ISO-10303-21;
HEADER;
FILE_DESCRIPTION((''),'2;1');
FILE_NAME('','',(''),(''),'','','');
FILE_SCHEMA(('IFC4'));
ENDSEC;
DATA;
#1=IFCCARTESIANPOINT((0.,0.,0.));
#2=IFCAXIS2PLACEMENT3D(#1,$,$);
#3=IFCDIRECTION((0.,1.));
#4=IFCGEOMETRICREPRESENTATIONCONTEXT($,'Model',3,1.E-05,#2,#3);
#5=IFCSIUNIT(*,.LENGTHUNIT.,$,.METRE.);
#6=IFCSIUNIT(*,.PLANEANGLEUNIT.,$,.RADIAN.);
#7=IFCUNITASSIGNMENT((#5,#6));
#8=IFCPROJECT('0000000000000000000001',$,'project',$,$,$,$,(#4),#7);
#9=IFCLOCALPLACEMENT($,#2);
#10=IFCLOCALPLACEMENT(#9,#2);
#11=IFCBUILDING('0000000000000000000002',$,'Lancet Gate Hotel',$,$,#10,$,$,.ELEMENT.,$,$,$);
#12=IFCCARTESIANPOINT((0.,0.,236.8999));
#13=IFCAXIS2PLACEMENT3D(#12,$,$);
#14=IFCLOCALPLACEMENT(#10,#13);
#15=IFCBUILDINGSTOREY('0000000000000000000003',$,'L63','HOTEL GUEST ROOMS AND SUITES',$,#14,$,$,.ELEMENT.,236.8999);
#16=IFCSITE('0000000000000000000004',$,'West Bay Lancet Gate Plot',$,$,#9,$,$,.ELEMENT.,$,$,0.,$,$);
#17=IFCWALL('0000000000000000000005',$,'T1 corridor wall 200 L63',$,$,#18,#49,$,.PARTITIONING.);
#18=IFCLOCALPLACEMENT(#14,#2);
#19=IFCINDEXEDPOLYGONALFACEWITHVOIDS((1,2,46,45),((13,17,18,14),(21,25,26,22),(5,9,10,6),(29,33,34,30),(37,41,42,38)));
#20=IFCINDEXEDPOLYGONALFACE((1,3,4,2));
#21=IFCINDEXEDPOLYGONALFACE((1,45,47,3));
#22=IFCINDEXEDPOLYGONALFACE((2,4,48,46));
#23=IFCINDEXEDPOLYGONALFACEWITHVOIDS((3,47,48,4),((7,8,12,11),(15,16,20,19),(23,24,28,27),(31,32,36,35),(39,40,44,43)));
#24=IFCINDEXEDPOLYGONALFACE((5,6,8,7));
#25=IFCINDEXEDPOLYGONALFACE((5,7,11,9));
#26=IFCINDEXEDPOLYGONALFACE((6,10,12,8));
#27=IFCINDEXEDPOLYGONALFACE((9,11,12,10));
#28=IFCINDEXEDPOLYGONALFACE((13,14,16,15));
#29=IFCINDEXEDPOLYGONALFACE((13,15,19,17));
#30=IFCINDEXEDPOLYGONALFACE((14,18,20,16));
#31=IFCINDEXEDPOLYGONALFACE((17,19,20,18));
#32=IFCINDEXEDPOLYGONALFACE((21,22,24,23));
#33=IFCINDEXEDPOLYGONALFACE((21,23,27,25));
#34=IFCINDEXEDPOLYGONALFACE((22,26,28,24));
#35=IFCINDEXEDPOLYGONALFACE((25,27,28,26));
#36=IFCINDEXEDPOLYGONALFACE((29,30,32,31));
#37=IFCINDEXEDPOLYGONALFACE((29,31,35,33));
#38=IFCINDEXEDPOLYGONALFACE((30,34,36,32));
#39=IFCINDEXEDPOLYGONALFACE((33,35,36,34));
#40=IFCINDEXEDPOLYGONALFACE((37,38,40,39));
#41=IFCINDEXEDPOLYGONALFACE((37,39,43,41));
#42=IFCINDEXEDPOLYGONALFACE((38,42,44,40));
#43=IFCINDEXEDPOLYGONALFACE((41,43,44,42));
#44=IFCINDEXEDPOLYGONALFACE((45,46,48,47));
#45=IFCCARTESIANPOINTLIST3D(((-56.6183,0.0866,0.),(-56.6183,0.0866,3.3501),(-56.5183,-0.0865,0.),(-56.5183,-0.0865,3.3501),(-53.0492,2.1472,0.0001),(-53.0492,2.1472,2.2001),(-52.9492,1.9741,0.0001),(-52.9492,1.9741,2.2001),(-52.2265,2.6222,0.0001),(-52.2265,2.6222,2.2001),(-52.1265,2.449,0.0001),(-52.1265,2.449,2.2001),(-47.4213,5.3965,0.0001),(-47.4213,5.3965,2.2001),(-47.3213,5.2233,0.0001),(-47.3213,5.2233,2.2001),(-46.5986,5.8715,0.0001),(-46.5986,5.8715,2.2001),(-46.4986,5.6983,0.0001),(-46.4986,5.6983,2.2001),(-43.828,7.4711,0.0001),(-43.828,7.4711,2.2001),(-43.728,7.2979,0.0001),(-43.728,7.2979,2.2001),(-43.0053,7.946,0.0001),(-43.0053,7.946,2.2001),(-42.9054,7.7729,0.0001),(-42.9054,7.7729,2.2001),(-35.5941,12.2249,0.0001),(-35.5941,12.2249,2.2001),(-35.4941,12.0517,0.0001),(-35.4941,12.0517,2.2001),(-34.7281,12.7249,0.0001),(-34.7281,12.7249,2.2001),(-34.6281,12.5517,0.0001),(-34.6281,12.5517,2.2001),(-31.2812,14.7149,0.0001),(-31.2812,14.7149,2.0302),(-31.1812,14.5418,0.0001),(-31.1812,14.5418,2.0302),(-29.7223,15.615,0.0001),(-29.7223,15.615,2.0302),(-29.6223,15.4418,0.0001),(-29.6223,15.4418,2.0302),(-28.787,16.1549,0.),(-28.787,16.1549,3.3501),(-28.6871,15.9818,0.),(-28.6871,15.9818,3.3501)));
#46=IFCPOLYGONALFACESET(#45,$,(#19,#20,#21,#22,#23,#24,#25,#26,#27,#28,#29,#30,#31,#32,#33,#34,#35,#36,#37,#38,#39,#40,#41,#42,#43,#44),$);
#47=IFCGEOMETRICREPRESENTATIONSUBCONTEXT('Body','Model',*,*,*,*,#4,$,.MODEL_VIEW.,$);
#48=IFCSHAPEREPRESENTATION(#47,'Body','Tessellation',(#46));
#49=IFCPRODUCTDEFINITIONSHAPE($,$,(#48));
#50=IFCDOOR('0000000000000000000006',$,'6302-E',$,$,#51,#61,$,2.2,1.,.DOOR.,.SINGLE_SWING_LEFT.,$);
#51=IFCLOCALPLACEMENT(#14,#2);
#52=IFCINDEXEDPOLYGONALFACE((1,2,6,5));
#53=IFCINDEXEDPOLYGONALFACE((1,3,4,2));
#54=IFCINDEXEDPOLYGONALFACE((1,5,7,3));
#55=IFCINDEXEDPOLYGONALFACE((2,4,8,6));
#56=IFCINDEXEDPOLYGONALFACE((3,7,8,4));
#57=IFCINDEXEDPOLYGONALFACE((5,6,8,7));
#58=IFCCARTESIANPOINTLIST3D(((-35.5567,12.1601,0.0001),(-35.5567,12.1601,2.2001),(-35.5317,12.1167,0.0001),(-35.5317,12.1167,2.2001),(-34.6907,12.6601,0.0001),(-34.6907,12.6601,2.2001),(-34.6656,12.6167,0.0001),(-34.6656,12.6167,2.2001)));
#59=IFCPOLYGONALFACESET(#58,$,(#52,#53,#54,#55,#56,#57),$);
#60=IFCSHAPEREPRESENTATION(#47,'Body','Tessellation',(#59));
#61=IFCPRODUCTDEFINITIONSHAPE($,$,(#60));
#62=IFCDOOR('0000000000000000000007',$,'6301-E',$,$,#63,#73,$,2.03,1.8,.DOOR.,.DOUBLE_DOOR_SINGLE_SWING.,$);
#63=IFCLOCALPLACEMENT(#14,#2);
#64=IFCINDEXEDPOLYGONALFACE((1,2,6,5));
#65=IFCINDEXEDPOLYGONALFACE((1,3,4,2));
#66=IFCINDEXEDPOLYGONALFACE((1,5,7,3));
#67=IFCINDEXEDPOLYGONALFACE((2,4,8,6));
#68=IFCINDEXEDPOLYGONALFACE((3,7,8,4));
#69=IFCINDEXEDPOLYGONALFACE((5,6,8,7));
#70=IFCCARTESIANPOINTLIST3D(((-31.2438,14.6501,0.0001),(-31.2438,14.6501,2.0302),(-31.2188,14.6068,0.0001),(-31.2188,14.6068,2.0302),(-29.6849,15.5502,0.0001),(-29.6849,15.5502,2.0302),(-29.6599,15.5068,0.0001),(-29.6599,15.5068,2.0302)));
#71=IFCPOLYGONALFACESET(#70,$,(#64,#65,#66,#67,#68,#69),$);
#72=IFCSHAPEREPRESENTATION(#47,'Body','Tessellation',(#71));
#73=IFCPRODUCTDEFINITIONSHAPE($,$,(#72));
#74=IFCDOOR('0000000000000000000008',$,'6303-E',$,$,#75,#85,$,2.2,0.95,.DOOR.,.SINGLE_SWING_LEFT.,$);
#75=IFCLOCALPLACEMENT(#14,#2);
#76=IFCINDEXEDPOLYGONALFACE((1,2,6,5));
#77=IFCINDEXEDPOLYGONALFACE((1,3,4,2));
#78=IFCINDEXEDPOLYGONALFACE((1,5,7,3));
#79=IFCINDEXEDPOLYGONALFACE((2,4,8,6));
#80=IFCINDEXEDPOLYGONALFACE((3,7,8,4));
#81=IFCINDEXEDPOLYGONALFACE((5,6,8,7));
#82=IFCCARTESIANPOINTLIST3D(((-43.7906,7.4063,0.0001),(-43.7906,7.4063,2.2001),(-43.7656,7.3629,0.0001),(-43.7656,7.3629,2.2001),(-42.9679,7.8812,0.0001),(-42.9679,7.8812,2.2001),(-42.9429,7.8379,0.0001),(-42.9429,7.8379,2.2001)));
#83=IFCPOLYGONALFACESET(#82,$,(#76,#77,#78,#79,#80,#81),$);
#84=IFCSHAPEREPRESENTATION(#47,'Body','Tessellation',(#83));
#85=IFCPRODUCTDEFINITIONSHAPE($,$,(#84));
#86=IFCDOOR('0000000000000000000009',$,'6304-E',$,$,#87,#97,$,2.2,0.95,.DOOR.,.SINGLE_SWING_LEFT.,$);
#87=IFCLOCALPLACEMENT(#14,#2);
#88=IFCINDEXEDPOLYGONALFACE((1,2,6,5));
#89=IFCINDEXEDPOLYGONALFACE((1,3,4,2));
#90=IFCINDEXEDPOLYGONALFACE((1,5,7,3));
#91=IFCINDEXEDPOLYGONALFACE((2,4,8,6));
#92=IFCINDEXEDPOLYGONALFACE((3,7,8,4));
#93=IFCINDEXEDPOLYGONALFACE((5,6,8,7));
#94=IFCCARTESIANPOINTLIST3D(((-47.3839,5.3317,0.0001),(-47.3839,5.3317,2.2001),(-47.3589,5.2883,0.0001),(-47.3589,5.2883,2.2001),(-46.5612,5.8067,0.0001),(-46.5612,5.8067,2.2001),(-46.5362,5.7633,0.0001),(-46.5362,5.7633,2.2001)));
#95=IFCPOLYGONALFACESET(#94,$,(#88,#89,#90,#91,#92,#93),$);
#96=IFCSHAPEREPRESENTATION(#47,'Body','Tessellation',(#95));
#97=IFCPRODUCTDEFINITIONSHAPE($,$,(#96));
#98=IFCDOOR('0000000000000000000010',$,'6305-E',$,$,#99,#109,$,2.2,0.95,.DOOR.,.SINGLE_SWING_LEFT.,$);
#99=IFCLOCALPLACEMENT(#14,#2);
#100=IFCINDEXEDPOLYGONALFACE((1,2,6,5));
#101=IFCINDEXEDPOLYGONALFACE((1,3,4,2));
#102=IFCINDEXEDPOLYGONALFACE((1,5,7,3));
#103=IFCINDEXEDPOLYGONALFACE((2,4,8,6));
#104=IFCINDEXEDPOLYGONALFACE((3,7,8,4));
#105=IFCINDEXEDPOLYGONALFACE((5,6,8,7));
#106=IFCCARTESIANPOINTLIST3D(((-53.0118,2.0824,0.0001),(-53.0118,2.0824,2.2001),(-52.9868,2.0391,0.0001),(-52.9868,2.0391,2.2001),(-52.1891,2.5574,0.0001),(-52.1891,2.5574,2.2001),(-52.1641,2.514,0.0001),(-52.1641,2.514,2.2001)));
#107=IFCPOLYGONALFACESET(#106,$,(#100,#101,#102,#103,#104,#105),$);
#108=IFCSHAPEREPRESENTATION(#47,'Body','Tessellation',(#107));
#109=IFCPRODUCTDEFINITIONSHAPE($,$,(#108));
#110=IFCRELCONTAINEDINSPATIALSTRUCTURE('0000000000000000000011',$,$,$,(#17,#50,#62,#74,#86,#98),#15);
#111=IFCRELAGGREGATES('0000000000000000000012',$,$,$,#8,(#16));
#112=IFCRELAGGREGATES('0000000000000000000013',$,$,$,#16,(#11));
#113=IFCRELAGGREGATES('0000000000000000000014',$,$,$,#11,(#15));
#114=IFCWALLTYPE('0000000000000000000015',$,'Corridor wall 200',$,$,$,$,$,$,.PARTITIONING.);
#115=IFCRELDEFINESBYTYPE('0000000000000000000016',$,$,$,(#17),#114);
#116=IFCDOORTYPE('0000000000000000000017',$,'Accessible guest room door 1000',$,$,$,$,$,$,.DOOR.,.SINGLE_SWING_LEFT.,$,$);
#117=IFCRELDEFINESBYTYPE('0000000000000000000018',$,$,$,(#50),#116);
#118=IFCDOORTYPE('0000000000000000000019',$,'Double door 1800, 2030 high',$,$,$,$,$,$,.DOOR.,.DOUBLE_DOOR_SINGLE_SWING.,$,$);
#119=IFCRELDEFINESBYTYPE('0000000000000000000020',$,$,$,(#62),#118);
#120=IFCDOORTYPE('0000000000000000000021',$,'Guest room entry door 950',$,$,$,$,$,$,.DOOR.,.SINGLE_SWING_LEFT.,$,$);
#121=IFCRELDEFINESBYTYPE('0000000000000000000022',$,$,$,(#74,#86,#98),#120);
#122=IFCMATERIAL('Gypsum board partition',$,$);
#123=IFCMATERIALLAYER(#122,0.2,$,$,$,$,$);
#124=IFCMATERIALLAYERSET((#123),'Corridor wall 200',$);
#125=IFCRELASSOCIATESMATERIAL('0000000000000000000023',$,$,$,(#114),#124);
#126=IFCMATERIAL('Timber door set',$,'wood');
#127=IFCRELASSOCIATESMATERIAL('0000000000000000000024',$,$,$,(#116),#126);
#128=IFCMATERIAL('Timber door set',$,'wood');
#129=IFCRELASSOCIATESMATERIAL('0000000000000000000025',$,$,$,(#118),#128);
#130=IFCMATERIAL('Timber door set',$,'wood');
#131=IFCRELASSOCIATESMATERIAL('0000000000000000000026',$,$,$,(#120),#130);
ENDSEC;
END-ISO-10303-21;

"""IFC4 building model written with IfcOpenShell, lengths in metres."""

from ifc_helpers import new_model, si_unit, direction, frame, frame_2d, origin, place, context, subcontext, project, spatial, rectangle, extrude, material, layer, layer_set, type_object, element, fill, save


model = new_model("IFC4")

# Units and contexts
model_context = context("Model", 3, precision=1e-05, world=origin(), true_north=direction((0.0, 1.0)))
body_context = subcontext(model_context, "Body", "Model", "MODEL_VIEW")
ifc_project = project(units=[si_unit("LENGTHUNIT", "METRE"), si_unit("PLANEANGLEUNIT", "RADIAN")], contexts=[model_context])

# Site, building, storey
site_placement = place(None, origin())
site = spatial("IfcSite", under=ifc_project, at=site_placement, Name="West Bay Lancet Gate Plot", CompositionType="ELEMENT", RefElevation=0.0)
building_placement = place(site_placement, origin())
building = spatial("IfcBuilding", under=site, at=building_placement, Name="Lancet Gate Hotel", CompositionType="ELEMENT")
storey_placement = place(building_placement, frame((0.0, 0.0, 236.8999)))
storey = spatial("IfcBuildingStorey", under=building, at=storey_placement, Name="L63", Description="HOTEL GUEST ROOMS AND SUITES", CompositionType="ELEMENT", Elevation=236.8999)

# Wall, openings, doors
ifc_material_1 = material(Name="Gypsum board partition")
ifc_layer_1 = layer(ifc_material_1, 0.2)
ifc_layer_set_1 = layer_set([ifc_layer_1], Name="Corridor wall 200")
wall_type_1 = type_object("IfcWallType", Name="Corridor wall 200", PredefinedType="PARTITIONING", material=ifc_layer_set_1)
wall_1_placement = place(storey_placement, frame((-28.7371, 16.0684, 0.0), z_axis=(0.0, 0.0, 1.0), x_axis=(-0.866026, -0.499999, 0.0)))
wall_1 = element("IfcWall", 1, at=wall_1_placement, inside=storey, type_object=wall_type_1, Name="T1 corridor wall 200 L63", PredefinedType="PARTITIONING", context=body_context, shape_type="SweptSolid", body=[
    extrude(rectangle(XDim=32.1367, YDim=0.2, at=frame_2d((16.0684, 0.0))), origin(), (0.0, 0.0, 1.0), 3.3501),
])
opening_1_placement = place(wall_1_placement, frame((1.0801, 0.0, 0.0)))
opening_1 = element("IfcOpeningElement", 2, at=opening_1_placement, cuts=wall_1, PredefinedType="OPENING", context=body_context, shape_type="SweptSolid", body=[
    extrude(rectangle(XDim=1.8, YDim=2.03, at=frame_2d((0.8999, 1.0151))), frame((0.0, 0.1099, 0.0), z_axis=(0.0, -1.0, 0.0), x_axis=(1.0, 0.0, 0.0)), (0.0, 0.0, 1.0), 0.22),
])
opening_2_placement = place(wall_1_placement, frame((6.8601, 0.0, 0.0)))
opening_2 = element("IfcOpeningElement", 3, at=opening_2_placement, cuts=wall_1, PredefinedType="OPENING", context=body_context, shape_type="SweptSolid", body=[
    extrude(rectangle(XDim=1.0, YDim=2.2, at=frame_2d((0.5, 1.1001))), frame((0.0, 0.1099, 0.0), z_axis=(0.0, -1.0, 0.0), x_axis=(1.0, 0.0, 0.0)), (0.0, 0.0, 1.0), 0.22),
])
opening_3_placement = place(wall_1_placement, frame((16.4177, 0.0, 0.0)))
opening_3 = element("IfcOpeningElement", 4, at=opening_3_placement, cuts=wall_1, PredefinedType="OPENING", context=body_context, shape_type="SweptSolid", body=[
    extrude(rectangle(XDim=0.95, YDim=2.2, at=frame_2d((0.4751, 1.1001))), frame((0.0, 0.1099, 0.0), z_axis=(0.0, -1.0, 0.0), x_axis=(1.0, 0.0, 0.0)), (0.0, 0.0, 1.0), 0.22),
])
opening_4_placement = place(wall_1_placement, frame((20.5669, 0.0, 0.0)))
opening_4 = element("IfcOpeningElement", 5, at=opening_4_placement, cuts=wall_1, PredefinedType="OPENING", context=body_context, shape_type="SweptSolid", body=[
    extrude(rectangle(XDim=0.95, YDim=2.2, at=frame_2d((0.4751, 1.1001))), frame((0.0, 0.1099, 0.0), z_axis=(0.0, -1.0, 0.0), x_axis=(1.0, 0.0, 0.0)), (0.0, 0.0, 1.0), 0.22),
])
opening_5_placement = place(wall_1_placement, frame((27.0654, 0.0, 0.0)))
opening_5 = element("IfcOpeningElement", 6, at=opening_5_placement, cuts=wall_1, PredefinedType="OPENING", context=body_context, shape_type="SweptSolid", body=[
    extrude(rectangle(XDim=0.95, YDim=2.2, at=frame_2d((0.4751, 1.1001))), frame((0.0, 0.1099, 0.0), z_axis=(0.0, -1.0, 0.0), x_axis=(1.0, 0.0, 0.0)), (0.0, 0.0, 1.0), 0.22),
])
ifc_material_2 = material(Name="Timber door set", Category="wood")
door_type_1 = type_object("IfcDoorType", Name="Accessible guest room door 1000", OperationType="SINGLE_SWING_LEFT", PredefinedType="DOOR", material=ifc_material_2)
door_1_placement = place(opening_2_placement, origin())
door_1 = element("IfcDoor", 7, at=door_1_placement, inside=storey, type_object=door_type_1, Name="6302-E", OperationType="SINGLE_SWING_LEFT", OverallHeight=2.2, OverallWidth=1.0, PredefinedType="DOOR", context=body_context, shape_type="SweptSolid", body=[
    extrude(rectangle(XDim=1.0, YDim=2.2, at=frame_2d((0.5, 1.1001))), frame((0.0, 0.0249, 0.0), z_axis=(0.0, -1.0, 0.0), x_axis=(1.0, 0.0, 0.0)), (0.0, 0.0, 1.0), 0.05),
])
fill(opening_2, door_1)
ifc_material_3 = material(Name="Timber door set", Category="wood")
door_type_2 = type_object("IfcDoorType", Name="Double door 1800, 2030 high", OperationType="DOUBLE_DOOR_SINGLE_SWING", PredefinedType="DOOR", material=ifc_material_3)
door_2_placement = place(opening_1_placement, origin())
door_2 = element("IfcDoor", 8, at=door_2_placement, inside=storey, type_object=door_type_2, Name="6301-E", OperationType="DOUBLE_DOOR_SINGLE_SWING", OverallHeight=2.03, OverallWidth=1.8, PredefinedType="DOOR", context=body_context, shape_type="SweptSolid", body=[
    extrude(rectangle(XDim=1.8, YDim=2.03, at=frame_2d((0.8999, 1.0151))), frame((0.0, 0.0249, 0.0), z_axis=(0.0, -1.0, 0.0), x_axis=(1.0, 0.0, 0.0)), (0.0, 0.0, 1.0), 0.05),
])
fill(opening_1, door_2)
ifc_material_4 = material(Name="Timber door set", Category="wood")
door_type_3 = type_object("IfcDoorType", Name="Guest room entry door 950", OperationType="SINGLE_SWING_LEFT", PredefinedType="DOOR", material=ifc_material_4)
door_3_placement = place(opening_3_placement, origin())
door_3 = element("IfcDoor", 9, at=door_3_placement, inside=storey, type_object=door_type_3, Name="6303-E", OperationType="SINGLE_SWING_LEFT", OverallHeight=2.2, OverallWidth=0.95, PredefinedType="DOOR", context=body_context, shape_type="SweptSolid", body=[
    extrude(rectangle(XDim=0.95, YDim=2.2, at=frame_2d((0.4751, 1.1001))), frame((0.0, 0.0249, 0.0), z_axis=(0.0, -1.0, 0.0), x_axis=(1.0, 0.0, 0.0)), (0.0, 0.0, 1.0), 0.05),
])
fill(opening_3, door_3)
door_4_placement = place(opening_4_placement, origin())
door_4 = element("IfcDoor", 10, at=door_4_placement, inside=storey, type_object=door_type_3, Name="6304-E", OperationType="SINGLE_SWING_LEFT", OverallHeight=2.2, OverallWidth=0.95, PredefinedType="DOOR", context=body_context, shape_type="SweptSolid", body=[
    extrude(rectangle(XDim=0.95, YDim=2.2, at=frame_2d((0.4751, 1.1001))), frame((0.0, 0.0249, 0.0), z_axis=(0.0, -1.0, 0.0), x_axis=(1.0, 0.0, 0.0)), (0.0, 0.0, 1.0), 0.05),
])
fill(opening_4, door_4)
door_5_placement = place(opening_5_placement, origin())
door_5 = element("IfcDoor", 11, at=door_5_placement, inside=storey, type_object=door_type_3, Name="6305-E", OperationType="SINGLE_SWING_LEFT", OverallHeight=2.2, OverallWidth=0.95, PredefinedType="DOOR", context=body_context, shape_type="SweptSolid", body=[
    extrude(rectangle(XDim=0.95, YDim=2.2, at=frame_2d((0.4751, 1.1001))), frame((0.0, 0.0249, 0.0), z_axis=(0.0, -1.0, 0.0), x_axis=(1.0, 0.0, 0.0)), (0.0, 0.0, 1.0), 0.05),
])
fill(opening_5, door_5)

save(model, "model.ifc")
